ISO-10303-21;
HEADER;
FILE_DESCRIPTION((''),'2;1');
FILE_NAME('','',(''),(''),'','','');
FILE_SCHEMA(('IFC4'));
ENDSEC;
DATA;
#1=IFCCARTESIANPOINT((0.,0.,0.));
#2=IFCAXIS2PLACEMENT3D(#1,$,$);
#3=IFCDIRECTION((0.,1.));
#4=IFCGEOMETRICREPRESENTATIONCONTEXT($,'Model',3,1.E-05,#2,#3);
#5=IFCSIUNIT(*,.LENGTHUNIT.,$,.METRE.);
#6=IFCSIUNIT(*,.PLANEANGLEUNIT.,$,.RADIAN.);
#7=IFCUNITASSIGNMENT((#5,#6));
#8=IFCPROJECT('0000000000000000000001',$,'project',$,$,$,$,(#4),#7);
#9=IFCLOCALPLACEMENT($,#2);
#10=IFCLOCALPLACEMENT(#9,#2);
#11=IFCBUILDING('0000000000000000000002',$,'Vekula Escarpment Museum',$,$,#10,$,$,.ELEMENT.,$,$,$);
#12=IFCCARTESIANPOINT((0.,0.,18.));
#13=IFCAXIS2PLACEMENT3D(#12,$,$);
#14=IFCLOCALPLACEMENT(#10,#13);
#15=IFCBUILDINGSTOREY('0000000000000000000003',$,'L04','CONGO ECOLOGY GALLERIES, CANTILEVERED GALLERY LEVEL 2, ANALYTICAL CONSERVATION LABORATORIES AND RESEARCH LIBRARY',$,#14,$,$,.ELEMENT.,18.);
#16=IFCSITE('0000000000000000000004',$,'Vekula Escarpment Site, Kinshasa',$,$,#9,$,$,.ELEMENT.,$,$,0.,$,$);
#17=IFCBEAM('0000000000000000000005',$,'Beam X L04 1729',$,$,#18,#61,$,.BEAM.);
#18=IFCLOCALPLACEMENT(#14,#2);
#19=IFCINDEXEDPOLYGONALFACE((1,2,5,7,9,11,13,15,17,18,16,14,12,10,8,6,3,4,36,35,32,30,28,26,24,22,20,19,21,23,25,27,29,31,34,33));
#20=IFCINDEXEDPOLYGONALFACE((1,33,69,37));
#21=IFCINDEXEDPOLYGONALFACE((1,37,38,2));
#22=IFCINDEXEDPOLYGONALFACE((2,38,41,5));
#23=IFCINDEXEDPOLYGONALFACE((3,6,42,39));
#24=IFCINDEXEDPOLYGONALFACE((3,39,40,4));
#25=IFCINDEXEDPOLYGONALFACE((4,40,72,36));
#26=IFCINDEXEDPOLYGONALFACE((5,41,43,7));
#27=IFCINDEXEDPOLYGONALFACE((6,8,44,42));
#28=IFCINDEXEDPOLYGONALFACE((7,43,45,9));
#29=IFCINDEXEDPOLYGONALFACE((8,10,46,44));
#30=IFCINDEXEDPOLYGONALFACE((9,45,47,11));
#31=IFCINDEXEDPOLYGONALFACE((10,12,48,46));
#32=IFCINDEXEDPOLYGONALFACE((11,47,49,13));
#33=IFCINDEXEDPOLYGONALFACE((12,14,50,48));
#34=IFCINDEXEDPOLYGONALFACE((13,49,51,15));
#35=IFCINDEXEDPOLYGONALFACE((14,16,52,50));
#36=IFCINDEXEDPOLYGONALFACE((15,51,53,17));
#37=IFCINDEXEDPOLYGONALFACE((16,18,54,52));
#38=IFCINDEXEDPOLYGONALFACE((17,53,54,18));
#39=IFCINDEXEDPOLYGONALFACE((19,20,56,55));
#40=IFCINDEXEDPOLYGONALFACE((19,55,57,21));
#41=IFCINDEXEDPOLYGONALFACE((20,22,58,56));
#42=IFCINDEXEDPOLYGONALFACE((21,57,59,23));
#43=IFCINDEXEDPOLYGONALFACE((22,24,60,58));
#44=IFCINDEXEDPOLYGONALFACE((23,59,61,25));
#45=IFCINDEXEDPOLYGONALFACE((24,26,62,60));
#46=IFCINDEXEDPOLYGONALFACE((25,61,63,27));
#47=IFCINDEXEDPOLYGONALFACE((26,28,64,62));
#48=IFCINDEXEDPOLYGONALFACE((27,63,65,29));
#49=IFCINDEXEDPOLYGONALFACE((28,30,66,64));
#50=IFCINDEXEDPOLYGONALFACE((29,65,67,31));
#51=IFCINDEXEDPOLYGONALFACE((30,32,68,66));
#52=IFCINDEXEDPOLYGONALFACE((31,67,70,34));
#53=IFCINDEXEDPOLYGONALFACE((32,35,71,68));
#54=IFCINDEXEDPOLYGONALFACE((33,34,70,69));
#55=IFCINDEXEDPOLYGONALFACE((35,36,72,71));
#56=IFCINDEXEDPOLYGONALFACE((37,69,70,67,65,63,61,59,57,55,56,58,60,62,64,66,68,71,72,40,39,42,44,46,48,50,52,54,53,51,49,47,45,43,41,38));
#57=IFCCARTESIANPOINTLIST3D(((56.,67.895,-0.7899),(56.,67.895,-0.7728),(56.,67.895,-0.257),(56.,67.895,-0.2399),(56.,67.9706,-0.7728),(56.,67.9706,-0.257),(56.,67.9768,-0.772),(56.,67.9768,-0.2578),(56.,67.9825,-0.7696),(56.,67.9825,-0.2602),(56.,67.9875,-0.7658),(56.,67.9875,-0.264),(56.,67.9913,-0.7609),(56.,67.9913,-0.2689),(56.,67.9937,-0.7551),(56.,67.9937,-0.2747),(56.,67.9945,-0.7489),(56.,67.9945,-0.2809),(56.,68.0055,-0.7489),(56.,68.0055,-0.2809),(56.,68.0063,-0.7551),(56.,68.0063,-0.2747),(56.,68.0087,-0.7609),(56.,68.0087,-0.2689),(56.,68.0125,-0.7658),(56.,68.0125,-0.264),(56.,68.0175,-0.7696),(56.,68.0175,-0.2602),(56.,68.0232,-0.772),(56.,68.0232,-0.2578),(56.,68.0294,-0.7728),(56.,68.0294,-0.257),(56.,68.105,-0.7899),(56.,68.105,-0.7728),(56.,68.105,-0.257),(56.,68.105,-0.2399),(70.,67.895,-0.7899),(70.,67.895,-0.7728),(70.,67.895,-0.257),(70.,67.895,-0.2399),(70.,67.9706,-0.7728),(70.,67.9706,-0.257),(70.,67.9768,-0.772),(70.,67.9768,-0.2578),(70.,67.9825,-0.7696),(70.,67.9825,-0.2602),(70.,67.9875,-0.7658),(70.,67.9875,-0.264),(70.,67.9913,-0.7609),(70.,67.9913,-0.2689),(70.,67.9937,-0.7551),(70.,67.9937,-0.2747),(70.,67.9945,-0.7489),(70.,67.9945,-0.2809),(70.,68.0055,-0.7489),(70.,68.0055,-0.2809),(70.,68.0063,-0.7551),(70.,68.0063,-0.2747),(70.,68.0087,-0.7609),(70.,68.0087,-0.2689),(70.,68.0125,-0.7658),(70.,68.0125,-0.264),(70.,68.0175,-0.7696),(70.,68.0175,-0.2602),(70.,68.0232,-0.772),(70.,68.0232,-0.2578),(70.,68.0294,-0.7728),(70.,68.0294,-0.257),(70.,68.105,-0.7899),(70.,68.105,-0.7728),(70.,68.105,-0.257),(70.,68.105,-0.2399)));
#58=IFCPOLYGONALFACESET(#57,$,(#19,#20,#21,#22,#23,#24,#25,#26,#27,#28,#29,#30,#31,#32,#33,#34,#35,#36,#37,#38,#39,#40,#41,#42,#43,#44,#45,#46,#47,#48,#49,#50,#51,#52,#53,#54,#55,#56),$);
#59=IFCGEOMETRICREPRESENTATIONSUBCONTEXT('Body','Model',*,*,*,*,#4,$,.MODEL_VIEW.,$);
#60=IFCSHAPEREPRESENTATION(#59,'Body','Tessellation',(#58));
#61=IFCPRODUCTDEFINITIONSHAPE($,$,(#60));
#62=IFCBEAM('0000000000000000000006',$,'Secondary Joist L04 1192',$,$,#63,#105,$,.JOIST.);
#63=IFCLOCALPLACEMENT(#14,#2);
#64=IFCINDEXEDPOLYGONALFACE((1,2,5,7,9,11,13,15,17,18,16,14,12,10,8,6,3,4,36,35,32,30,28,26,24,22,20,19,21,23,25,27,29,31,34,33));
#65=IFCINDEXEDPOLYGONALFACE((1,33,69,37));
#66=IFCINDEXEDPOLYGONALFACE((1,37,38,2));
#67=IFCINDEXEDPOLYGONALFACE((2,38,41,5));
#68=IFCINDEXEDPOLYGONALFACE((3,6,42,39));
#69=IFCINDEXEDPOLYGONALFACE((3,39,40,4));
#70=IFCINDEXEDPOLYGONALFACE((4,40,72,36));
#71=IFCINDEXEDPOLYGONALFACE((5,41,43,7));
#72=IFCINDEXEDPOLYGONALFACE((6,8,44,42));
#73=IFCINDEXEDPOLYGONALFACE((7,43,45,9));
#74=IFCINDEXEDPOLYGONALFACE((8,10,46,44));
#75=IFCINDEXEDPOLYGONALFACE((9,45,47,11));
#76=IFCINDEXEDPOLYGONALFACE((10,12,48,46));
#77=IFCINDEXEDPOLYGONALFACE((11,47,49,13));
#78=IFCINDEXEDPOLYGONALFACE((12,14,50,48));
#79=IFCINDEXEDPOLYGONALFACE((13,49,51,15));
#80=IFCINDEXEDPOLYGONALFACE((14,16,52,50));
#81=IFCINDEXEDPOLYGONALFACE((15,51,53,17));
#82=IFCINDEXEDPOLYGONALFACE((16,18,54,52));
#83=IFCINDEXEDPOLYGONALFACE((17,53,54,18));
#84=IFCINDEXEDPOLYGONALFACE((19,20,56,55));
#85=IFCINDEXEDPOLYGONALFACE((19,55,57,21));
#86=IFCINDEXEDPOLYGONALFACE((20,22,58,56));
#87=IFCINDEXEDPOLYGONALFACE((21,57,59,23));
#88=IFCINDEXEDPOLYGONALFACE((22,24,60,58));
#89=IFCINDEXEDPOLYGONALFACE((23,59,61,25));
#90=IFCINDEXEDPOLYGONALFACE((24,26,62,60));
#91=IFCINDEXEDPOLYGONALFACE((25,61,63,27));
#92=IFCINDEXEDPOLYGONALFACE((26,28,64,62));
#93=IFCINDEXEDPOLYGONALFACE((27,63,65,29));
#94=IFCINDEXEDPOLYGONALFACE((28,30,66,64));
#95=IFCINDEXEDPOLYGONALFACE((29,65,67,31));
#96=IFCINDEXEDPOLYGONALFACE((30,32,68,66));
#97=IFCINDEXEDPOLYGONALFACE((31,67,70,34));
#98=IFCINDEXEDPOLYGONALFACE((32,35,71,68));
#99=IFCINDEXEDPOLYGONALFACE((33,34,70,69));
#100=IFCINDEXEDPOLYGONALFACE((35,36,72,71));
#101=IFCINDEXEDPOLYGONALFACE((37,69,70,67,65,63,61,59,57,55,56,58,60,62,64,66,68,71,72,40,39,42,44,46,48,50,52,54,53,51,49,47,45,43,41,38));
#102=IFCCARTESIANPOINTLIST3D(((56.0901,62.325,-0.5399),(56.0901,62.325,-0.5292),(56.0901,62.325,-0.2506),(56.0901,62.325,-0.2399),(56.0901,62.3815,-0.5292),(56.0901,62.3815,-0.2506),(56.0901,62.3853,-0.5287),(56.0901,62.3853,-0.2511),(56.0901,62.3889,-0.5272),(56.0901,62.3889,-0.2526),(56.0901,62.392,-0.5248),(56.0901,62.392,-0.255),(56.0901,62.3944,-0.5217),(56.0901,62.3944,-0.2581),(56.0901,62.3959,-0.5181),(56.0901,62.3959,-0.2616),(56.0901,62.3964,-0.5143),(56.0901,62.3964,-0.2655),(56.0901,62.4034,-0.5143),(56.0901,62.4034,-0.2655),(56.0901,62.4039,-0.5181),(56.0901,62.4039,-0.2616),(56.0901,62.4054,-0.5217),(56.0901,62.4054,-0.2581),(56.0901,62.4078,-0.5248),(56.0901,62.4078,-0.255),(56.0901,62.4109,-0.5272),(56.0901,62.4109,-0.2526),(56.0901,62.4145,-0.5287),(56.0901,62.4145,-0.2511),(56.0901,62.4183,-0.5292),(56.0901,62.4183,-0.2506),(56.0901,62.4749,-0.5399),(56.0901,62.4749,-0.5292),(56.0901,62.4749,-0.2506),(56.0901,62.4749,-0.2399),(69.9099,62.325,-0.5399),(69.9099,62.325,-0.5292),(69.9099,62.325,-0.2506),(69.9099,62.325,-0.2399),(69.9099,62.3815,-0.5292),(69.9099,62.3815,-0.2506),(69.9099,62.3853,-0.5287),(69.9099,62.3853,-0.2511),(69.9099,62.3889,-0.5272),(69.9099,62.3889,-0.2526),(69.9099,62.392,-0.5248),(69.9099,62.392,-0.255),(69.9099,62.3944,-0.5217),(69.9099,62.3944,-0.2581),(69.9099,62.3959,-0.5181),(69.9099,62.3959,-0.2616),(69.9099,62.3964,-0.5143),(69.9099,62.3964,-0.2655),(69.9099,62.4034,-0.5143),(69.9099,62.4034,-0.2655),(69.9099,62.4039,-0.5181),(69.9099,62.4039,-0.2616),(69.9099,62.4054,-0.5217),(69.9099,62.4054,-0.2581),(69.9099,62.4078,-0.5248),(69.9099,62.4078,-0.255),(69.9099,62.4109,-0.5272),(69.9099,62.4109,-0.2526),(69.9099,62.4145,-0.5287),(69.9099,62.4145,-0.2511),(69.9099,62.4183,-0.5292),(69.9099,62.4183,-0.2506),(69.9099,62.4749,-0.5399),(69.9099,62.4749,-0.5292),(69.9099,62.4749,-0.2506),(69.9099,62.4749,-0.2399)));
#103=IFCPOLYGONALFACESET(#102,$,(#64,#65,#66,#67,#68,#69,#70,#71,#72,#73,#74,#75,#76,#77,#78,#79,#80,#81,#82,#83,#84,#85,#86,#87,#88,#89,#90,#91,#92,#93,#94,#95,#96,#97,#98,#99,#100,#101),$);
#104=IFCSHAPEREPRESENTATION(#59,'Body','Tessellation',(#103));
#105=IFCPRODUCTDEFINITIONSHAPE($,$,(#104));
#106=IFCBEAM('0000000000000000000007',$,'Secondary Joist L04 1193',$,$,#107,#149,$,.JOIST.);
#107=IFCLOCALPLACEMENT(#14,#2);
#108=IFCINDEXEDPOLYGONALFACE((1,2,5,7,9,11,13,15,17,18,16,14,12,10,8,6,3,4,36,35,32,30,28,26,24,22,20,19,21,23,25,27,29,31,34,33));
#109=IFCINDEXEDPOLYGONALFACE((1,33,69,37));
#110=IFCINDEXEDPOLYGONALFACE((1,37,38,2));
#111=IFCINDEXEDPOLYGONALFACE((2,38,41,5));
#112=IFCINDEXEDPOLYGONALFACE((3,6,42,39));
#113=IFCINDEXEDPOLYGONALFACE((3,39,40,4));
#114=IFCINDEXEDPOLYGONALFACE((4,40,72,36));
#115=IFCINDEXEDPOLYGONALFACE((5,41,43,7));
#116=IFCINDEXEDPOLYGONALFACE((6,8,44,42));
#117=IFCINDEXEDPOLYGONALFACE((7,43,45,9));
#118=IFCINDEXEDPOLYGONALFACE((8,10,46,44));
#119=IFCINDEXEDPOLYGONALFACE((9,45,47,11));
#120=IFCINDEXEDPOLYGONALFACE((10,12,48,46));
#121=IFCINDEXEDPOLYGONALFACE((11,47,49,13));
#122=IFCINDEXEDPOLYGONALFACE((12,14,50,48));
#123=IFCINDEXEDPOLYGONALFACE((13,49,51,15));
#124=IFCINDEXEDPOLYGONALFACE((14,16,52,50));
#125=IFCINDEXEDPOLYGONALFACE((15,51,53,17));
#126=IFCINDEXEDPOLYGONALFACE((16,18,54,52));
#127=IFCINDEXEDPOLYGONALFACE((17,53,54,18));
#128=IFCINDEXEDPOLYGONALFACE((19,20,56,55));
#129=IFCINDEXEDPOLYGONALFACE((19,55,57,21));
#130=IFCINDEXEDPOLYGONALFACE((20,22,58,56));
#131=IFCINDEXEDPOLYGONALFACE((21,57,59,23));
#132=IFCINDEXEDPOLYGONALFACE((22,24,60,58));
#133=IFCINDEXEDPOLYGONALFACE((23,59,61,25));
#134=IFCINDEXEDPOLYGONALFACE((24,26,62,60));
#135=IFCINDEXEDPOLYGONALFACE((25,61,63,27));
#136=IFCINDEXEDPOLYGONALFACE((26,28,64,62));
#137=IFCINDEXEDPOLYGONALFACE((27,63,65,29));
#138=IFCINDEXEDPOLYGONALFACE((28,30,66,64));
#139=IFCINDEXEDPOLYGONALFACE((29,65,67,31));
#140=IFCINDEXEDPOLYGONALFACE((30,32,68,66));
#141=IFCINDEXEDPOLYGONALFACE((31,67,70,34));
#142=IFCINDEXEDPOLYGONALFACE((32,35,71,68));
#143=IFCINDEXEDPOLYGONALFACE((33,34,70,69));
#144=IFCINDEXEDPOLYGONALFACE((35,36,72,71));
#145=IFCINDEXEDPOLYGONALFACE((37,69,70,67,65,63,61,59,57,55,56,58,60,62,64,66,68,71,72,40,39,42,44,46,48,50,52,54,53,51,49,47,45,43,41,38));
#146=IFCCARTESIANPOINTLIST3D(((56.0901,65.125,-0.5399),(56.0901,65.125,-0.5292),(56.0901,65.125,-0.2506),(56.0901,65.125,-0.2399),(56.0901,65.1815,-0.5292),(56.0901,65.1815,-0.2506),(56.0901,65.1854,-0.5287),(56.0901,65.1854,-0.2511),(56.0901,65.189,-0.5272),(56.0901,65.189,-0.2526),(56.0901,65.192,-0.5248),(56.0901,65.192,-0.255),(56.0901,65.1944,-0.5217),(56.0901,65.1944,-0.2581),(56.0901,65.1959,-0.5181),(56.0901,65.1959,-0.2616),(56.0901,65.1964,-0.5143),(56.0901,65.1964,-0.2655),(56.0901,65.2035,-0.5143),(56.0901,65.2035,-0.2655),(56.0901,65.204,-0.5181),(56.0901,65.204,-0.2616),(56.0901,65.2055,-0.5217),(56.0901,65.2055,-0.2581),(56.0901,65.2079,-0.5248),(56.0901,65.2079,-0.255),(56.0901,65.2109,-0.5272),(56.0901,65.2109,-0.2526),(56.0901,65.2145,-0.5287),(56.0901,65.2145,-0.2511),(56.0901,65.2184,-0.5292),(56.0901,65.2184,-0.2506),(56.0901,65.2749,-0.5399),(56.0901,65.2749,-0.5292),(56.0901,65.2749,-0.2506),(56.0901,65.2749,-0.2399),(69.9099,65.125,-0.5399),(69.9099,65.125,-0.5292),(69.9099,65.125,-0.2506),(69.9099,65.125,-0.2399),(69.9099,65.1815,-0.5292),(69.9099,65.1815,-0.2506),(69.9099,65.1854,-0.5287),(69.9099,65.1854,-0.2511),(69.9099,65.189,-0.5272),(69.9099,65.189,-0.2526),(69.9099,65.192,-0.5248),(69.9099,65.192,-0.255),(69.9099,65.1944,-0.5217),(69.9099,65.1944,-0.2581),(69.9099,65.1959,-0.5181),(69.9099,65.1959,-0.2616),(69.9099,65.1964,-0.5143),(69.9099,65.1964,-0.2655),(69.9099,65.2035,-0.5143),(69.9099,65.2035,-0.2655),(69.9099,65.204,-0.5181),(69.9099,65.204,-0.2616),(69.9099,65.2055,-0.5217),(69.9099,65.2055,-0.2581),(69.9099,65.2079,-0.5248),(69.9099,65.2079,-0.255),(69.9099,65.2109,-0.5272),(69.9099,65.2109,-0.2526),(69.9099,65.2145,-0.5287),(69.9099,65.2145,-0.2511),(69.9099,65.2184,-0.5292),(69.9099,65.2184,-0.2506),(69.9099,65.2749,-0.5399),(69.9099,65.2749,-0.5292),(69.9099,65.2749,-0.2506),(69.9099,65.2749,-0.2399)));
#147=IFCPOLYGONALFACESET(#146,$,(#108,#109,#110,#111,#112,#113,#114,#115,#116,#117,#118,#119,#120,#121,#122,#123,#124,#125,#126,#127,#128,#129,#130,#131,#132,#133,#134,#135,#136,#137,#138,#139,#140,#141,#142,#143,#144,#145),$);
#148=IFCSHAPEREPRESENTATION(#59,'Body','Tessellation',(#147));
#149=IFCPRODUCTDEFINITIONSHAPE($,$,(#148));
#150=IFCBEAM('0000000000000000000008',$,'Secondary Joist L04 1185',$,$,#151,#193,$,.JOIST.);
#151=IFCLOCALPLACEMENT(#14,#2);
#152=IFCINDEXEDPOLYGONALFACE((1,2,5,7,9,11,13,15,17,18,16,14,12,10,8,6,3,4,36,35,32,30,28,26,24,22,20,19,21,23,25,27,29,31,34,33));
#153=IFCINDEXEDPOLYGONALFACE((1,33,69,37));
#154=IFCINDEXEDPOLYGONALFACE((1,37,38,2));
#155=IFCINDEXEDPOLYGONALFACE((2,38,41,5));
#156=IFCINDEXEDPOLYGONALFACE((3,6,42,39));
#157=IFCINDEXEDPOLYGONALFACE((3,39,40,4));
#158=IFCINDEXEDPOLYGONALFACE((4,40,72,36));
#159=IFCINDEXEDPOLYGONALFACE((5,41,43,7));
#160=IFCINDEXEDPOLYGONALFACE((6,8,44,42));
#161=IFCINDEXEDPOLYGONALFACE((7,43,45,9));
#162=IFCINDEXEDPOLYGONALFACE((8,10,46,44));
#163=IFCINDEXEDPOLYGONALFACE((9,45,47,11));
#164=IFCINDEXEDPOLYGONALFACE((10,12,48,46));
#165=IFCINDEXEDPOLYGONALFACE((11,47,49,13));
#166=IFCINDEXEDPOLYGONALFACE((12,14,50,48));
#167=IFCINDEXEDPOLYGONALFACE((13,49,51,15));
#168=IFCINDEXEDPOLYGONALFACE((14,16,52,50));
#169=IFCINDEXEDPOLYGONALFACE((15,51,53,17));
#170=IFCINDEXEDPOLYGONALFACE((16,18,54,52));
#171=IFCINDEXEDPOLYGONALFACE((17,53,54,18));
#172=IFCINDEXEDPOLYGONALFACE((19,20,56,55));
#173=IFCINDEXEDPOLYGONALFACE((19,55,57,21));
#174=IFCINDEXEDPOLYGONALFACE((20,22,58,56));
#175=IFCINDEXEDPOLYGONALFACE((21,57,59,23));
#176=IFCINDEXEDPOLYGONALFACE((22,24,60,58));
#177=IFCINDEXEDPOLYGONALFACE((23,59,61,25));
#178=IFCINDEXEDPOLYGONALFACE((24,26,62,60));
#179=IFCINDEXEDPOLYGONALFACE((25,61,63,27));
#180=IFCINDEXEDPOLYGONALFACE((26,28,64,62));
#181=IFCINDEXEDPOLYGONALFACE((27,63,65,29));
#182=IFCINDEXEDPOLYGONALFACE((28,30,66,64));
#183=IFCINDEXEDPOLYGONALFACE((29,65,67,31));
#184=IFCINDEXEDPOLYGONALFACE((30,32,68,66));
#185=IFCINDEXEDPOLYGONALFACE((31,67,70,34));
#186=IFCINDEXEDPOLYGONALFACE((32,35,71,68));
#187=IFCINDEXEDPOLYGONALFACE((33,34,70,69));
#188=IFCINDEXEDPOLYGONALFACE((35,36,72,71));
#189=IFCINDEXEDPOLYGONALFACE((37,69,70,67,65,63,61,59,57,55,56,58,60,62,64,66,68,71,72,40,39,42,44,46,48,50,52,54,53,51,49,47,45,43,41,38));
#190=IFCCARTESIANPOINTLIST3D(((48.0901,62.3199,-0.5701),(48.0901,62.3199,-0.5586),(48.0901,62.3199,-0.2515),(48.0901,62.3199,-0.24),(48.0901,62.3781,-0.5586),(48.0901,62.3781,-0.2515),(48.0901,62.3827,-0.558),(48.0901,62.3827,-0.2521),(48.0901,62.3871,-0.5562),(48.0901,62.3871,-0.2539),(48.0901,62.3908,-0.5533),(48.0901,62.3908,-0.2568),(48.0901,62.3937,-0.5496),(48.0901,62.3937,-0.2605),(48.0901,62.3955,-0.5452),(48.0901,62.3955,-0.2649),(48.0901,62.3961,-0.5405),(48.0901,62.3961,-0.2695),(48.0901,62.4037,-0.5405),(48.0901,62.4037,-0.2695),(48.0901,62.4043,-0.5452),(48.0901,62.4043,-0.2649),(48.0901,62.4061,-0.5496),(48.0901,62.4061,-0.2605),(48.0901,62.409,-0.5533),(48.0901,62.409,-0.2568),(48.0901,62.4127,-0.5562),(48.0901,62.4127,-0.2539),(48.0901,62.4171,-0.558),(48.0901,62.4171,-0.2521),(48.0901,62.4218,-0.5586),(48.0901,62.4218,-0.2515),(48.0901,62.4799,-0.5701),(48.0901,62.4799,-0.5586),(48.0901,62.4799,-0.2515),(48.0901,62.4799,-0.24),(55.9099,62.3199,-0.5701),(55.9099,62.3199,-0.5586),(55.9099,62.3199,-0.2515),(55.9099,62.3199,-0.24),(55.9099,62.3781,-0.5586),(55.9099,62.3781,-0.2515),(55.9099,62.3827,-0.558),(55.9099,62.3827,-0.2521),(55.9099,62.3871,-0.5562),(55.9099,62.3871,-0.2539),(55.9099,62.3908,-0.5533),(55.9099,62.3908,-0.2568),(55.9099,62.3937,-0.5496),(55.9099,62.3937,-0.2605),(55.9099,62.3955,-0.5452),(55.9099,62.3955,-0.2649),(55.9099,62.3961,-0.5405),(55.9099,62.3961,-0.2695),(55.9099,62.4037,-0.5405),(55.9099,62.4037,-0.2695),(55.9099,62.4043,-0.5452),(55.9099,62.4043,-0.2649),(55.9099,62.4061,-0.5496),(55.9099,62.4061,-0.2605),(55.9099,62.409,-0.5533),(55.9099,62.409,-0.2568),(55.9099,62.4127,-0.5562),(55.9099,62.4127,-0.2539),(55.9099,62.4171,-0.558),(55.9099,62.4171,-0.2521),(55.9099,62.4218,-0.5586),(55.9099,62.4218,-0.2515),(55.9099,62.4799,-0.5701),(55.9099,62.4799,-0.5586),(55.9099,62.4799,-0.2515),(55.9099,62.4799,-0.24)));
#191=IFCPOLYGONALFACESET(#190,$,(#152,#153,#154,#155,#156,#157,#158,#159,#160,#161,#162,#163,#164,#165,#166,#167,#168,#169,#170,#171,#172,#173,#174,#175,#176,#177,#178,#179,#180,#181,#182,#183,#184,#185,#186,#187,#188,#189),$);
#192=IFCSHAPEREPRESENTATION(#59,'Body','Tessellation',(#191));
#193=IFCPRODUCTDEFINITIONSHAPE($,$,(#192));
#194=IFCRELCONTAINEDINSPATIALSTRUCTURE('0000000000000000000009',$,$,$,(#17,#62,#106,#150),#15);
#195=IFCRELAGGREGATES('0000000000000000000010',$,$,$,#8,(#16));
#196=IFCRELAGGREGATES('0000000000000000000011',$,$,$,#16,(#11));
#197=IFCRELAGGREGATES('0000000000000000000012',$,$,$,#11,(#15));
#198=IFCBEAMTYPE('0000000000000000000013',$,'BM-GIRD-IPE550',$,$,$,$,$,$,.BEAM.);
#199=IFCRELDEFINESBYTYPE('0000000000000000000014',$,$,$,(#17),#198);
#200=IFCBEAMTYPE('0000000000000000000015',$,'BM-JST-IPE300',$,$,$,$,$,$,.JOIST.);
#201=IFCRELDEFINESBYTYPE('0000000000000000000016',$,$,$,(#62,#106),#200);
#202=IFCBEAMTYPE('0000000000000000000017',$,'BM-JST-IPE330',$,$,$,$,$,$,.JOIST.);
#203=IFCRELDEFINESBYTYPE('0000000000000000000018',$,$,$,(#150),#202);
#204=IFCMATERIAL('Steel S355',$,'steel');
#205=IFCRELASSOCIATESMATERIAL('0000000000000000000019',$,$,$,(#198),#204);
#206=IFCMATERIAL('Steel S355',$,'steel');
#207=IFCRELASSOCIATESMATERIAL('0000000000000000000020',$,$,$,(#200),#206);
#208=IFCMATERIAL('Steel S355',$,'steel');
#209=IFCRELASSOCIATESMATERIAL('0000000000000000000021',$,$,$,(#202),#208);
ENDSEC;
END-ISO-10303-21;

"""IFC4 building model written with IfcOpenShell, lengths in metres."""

from ifc_helpers import new_model, si_unit, direction, frame, origin, origin_2d, place, context, subcontext, project, spatial, i_section, extrude, material, material_profile, profile_set, type_object, element, save


model = new_model("IFC4")

# Units and contexts
model_context = context("Model", 3, precision=1e-05, world=origin(), true_north=direction((0.0, 1.0)))
body_context = subcontext(model_context, "Body", "Model", "MODEL_VIEW")
ifc_project = project(units=[si_unit("LENGTHUNIT", "METRE"), si_unit("PLANEANGLEUNIT", "RADIAN")], contexts=[model_context])

# Site, building, storey
site_placement = place(None, origin())
site = spatial("IfcSite", under=ifc_project, at=site_placement, Name="Vekula Escarpment Site, Kinshasa", CompositionType="ELEMENT", RefElevation=0.0)
building_placement = place(site_placement, origin())
building = spatial("IfcBuilding", under=site, at=building_placement, Name="Vekula Escarpment Museum", CompositionType="ELEMENT")
storey_placement = place(building_placement, frame((0.0, 0.0, 18.0)))
storey = spatial("IfcBuildingStorey", under=building, at=storey_placement, Name="L04", Description="CONGO ECOLOGY GALLERIES, CANTILEVERED GALLERY LEVEL 2, ANALYTICAL CONSERVATION LABORATORIES AND RESEARCH LIBRARY", CompositionType="ELEMENT", Elevation=18.0)

# Beams
ifc_material_1 = material(Name="Steel S355", Category="steel")
ifc_material_profile_1 = material_profile(ifc_material_1, i_section(OverallWidth=0.21, OverallDepth=0.55, WebThickness=0.011, FlangeThickness=0.0171, FilletRadius=0.0239, at=origin_2d()), Name="IPE 550")
ifc_profile_set_1 = profile_set([ifc_material_profile_1], Name="Steel S355")
beam_type_1 = type_object("IfcBeamType", Name="BM-GIRD-IPE550", PredefinedType="BEAM", material=ifc_profile_set_1)
for number, where, z_axis, x_axis, name in (
    (1, (56.0, 68.0, -0.5149), (1.0, 0.0, 0.0), (0.0, 1.0, 0.0), "Beam X L04 1729"),
):
    element("IfcBeam", number, at=place(storey_placement, frame(where, z_axis=z_axis, x_axis=x_axis)), inside=storey, type_object=beam_type_1, Name=name, PredefinedType="BEAM", context=body_context, shape_type="SweptSolid", body=[
        extrude(i_section(OverallWidth=0.21, OverallDepth=0.55, WebThickness=0.011, FlangeThickness=0.0171, FilletRadius=0.0239, at=origin_2d()), origin(), (0.0, 0.0, 1.0), 14.0),
    ])
ifc_material_2 = material(Name="Steel S355", Category="steel")
ifc_material_profile_2 = material_profile(ifc_material_2, i_section(OverallWidth=0.1499, OverallDepth=0.3, WebThickness=0.0071, FlangeThickness=0.0107, FilletRadius=0.0149, at=origin_2d()), Name="IPE 300")
ifc_profile_set_2 = profile_set([ifc_material_profile_2], Name="Steel S355")
beam_type_2 = type_object("IfcBeamType", Name="BM-JST-IPE300", PredefinedType="JOIST", material=ifc_profile_set_2)
for number, where, z_axis, x_axis, name in (
    (2, (56.0901, 62.3999, -0.3899), (1.0, 0.0, 0.0), (0.0, 1.0, 0.0), "Secondary Joist L04 1192"),
    (3, (56.0901, 65.2, -0.3899), (1.0, 0.0, 0.0), (0.0, 1.0, 0.0), "Secondary Joist L04 1193"),
):
    element("IfcBeam", number, at=place(storey_placement, frame(where, z_axis=z_axis, x_axis=x_axis)), inside=storey, type_object=beam_type_2, Name=name, PredefinedType="JOIST", context=body_context, shape_type="SweptSolid", body=[
        extrude(i_section(OverallWidth=0.1499, OverallDepth=0.3, WebThickness=0.0071, FlangeThickness=0.0107, FilletRadius=0.0149, at=origin_2d()), origin(), (0.0, 0.0, 1.0), 13.8198),
    ])
ifc_material_3 = material(Name="Steel S355", Category="steel")
ifc_material_profile_3 = material_profile(ifc_material_3, i_section(OverallWidth=0.1599, OverallDepth=0.3301, WebThickness=0.0076, FlangeThickness=0.0115, FilletRadius=0.0181, at=origin_2d()), Name="IPE 330")
ifc_profile_set_3 = profile_set([ifc_material_profile_3], Name="Steel S355")
beam_type_3 = type_object("IfcBeamType", Name="BM-JST-IPE330", PredefinedType="JOIST", material=ifc_profile_set_3)
for number, where, z_axis, x_axis, name in (
    (4, (48.0901, 62.3999, -0.405), (1.0, 0.0, 0.0), (0.0, 1.0, 0.0), "Secondary Joist L04 1185"),
):
    element("IfcBeam", number, at=place(storey_placement, frame(where, z_axis=z_axis, x_axis=x_axis)), inside=storey, type_object=beam_type_3, Name=name, PredefinedType="JOIST", context=body_context, shape_type="SweptSolid", body=[
        extrude(i_section(OverallWidth=0.1599, OverallDepth=0.3301, WebThickness=0.0076, FlangeThickness=0.0115, FilletRadius=0.0181, at=origin_2d()), origin(), (0.0, 0.0, 1.0), 7.8198),
    ])

save(model, "model.ifc")
